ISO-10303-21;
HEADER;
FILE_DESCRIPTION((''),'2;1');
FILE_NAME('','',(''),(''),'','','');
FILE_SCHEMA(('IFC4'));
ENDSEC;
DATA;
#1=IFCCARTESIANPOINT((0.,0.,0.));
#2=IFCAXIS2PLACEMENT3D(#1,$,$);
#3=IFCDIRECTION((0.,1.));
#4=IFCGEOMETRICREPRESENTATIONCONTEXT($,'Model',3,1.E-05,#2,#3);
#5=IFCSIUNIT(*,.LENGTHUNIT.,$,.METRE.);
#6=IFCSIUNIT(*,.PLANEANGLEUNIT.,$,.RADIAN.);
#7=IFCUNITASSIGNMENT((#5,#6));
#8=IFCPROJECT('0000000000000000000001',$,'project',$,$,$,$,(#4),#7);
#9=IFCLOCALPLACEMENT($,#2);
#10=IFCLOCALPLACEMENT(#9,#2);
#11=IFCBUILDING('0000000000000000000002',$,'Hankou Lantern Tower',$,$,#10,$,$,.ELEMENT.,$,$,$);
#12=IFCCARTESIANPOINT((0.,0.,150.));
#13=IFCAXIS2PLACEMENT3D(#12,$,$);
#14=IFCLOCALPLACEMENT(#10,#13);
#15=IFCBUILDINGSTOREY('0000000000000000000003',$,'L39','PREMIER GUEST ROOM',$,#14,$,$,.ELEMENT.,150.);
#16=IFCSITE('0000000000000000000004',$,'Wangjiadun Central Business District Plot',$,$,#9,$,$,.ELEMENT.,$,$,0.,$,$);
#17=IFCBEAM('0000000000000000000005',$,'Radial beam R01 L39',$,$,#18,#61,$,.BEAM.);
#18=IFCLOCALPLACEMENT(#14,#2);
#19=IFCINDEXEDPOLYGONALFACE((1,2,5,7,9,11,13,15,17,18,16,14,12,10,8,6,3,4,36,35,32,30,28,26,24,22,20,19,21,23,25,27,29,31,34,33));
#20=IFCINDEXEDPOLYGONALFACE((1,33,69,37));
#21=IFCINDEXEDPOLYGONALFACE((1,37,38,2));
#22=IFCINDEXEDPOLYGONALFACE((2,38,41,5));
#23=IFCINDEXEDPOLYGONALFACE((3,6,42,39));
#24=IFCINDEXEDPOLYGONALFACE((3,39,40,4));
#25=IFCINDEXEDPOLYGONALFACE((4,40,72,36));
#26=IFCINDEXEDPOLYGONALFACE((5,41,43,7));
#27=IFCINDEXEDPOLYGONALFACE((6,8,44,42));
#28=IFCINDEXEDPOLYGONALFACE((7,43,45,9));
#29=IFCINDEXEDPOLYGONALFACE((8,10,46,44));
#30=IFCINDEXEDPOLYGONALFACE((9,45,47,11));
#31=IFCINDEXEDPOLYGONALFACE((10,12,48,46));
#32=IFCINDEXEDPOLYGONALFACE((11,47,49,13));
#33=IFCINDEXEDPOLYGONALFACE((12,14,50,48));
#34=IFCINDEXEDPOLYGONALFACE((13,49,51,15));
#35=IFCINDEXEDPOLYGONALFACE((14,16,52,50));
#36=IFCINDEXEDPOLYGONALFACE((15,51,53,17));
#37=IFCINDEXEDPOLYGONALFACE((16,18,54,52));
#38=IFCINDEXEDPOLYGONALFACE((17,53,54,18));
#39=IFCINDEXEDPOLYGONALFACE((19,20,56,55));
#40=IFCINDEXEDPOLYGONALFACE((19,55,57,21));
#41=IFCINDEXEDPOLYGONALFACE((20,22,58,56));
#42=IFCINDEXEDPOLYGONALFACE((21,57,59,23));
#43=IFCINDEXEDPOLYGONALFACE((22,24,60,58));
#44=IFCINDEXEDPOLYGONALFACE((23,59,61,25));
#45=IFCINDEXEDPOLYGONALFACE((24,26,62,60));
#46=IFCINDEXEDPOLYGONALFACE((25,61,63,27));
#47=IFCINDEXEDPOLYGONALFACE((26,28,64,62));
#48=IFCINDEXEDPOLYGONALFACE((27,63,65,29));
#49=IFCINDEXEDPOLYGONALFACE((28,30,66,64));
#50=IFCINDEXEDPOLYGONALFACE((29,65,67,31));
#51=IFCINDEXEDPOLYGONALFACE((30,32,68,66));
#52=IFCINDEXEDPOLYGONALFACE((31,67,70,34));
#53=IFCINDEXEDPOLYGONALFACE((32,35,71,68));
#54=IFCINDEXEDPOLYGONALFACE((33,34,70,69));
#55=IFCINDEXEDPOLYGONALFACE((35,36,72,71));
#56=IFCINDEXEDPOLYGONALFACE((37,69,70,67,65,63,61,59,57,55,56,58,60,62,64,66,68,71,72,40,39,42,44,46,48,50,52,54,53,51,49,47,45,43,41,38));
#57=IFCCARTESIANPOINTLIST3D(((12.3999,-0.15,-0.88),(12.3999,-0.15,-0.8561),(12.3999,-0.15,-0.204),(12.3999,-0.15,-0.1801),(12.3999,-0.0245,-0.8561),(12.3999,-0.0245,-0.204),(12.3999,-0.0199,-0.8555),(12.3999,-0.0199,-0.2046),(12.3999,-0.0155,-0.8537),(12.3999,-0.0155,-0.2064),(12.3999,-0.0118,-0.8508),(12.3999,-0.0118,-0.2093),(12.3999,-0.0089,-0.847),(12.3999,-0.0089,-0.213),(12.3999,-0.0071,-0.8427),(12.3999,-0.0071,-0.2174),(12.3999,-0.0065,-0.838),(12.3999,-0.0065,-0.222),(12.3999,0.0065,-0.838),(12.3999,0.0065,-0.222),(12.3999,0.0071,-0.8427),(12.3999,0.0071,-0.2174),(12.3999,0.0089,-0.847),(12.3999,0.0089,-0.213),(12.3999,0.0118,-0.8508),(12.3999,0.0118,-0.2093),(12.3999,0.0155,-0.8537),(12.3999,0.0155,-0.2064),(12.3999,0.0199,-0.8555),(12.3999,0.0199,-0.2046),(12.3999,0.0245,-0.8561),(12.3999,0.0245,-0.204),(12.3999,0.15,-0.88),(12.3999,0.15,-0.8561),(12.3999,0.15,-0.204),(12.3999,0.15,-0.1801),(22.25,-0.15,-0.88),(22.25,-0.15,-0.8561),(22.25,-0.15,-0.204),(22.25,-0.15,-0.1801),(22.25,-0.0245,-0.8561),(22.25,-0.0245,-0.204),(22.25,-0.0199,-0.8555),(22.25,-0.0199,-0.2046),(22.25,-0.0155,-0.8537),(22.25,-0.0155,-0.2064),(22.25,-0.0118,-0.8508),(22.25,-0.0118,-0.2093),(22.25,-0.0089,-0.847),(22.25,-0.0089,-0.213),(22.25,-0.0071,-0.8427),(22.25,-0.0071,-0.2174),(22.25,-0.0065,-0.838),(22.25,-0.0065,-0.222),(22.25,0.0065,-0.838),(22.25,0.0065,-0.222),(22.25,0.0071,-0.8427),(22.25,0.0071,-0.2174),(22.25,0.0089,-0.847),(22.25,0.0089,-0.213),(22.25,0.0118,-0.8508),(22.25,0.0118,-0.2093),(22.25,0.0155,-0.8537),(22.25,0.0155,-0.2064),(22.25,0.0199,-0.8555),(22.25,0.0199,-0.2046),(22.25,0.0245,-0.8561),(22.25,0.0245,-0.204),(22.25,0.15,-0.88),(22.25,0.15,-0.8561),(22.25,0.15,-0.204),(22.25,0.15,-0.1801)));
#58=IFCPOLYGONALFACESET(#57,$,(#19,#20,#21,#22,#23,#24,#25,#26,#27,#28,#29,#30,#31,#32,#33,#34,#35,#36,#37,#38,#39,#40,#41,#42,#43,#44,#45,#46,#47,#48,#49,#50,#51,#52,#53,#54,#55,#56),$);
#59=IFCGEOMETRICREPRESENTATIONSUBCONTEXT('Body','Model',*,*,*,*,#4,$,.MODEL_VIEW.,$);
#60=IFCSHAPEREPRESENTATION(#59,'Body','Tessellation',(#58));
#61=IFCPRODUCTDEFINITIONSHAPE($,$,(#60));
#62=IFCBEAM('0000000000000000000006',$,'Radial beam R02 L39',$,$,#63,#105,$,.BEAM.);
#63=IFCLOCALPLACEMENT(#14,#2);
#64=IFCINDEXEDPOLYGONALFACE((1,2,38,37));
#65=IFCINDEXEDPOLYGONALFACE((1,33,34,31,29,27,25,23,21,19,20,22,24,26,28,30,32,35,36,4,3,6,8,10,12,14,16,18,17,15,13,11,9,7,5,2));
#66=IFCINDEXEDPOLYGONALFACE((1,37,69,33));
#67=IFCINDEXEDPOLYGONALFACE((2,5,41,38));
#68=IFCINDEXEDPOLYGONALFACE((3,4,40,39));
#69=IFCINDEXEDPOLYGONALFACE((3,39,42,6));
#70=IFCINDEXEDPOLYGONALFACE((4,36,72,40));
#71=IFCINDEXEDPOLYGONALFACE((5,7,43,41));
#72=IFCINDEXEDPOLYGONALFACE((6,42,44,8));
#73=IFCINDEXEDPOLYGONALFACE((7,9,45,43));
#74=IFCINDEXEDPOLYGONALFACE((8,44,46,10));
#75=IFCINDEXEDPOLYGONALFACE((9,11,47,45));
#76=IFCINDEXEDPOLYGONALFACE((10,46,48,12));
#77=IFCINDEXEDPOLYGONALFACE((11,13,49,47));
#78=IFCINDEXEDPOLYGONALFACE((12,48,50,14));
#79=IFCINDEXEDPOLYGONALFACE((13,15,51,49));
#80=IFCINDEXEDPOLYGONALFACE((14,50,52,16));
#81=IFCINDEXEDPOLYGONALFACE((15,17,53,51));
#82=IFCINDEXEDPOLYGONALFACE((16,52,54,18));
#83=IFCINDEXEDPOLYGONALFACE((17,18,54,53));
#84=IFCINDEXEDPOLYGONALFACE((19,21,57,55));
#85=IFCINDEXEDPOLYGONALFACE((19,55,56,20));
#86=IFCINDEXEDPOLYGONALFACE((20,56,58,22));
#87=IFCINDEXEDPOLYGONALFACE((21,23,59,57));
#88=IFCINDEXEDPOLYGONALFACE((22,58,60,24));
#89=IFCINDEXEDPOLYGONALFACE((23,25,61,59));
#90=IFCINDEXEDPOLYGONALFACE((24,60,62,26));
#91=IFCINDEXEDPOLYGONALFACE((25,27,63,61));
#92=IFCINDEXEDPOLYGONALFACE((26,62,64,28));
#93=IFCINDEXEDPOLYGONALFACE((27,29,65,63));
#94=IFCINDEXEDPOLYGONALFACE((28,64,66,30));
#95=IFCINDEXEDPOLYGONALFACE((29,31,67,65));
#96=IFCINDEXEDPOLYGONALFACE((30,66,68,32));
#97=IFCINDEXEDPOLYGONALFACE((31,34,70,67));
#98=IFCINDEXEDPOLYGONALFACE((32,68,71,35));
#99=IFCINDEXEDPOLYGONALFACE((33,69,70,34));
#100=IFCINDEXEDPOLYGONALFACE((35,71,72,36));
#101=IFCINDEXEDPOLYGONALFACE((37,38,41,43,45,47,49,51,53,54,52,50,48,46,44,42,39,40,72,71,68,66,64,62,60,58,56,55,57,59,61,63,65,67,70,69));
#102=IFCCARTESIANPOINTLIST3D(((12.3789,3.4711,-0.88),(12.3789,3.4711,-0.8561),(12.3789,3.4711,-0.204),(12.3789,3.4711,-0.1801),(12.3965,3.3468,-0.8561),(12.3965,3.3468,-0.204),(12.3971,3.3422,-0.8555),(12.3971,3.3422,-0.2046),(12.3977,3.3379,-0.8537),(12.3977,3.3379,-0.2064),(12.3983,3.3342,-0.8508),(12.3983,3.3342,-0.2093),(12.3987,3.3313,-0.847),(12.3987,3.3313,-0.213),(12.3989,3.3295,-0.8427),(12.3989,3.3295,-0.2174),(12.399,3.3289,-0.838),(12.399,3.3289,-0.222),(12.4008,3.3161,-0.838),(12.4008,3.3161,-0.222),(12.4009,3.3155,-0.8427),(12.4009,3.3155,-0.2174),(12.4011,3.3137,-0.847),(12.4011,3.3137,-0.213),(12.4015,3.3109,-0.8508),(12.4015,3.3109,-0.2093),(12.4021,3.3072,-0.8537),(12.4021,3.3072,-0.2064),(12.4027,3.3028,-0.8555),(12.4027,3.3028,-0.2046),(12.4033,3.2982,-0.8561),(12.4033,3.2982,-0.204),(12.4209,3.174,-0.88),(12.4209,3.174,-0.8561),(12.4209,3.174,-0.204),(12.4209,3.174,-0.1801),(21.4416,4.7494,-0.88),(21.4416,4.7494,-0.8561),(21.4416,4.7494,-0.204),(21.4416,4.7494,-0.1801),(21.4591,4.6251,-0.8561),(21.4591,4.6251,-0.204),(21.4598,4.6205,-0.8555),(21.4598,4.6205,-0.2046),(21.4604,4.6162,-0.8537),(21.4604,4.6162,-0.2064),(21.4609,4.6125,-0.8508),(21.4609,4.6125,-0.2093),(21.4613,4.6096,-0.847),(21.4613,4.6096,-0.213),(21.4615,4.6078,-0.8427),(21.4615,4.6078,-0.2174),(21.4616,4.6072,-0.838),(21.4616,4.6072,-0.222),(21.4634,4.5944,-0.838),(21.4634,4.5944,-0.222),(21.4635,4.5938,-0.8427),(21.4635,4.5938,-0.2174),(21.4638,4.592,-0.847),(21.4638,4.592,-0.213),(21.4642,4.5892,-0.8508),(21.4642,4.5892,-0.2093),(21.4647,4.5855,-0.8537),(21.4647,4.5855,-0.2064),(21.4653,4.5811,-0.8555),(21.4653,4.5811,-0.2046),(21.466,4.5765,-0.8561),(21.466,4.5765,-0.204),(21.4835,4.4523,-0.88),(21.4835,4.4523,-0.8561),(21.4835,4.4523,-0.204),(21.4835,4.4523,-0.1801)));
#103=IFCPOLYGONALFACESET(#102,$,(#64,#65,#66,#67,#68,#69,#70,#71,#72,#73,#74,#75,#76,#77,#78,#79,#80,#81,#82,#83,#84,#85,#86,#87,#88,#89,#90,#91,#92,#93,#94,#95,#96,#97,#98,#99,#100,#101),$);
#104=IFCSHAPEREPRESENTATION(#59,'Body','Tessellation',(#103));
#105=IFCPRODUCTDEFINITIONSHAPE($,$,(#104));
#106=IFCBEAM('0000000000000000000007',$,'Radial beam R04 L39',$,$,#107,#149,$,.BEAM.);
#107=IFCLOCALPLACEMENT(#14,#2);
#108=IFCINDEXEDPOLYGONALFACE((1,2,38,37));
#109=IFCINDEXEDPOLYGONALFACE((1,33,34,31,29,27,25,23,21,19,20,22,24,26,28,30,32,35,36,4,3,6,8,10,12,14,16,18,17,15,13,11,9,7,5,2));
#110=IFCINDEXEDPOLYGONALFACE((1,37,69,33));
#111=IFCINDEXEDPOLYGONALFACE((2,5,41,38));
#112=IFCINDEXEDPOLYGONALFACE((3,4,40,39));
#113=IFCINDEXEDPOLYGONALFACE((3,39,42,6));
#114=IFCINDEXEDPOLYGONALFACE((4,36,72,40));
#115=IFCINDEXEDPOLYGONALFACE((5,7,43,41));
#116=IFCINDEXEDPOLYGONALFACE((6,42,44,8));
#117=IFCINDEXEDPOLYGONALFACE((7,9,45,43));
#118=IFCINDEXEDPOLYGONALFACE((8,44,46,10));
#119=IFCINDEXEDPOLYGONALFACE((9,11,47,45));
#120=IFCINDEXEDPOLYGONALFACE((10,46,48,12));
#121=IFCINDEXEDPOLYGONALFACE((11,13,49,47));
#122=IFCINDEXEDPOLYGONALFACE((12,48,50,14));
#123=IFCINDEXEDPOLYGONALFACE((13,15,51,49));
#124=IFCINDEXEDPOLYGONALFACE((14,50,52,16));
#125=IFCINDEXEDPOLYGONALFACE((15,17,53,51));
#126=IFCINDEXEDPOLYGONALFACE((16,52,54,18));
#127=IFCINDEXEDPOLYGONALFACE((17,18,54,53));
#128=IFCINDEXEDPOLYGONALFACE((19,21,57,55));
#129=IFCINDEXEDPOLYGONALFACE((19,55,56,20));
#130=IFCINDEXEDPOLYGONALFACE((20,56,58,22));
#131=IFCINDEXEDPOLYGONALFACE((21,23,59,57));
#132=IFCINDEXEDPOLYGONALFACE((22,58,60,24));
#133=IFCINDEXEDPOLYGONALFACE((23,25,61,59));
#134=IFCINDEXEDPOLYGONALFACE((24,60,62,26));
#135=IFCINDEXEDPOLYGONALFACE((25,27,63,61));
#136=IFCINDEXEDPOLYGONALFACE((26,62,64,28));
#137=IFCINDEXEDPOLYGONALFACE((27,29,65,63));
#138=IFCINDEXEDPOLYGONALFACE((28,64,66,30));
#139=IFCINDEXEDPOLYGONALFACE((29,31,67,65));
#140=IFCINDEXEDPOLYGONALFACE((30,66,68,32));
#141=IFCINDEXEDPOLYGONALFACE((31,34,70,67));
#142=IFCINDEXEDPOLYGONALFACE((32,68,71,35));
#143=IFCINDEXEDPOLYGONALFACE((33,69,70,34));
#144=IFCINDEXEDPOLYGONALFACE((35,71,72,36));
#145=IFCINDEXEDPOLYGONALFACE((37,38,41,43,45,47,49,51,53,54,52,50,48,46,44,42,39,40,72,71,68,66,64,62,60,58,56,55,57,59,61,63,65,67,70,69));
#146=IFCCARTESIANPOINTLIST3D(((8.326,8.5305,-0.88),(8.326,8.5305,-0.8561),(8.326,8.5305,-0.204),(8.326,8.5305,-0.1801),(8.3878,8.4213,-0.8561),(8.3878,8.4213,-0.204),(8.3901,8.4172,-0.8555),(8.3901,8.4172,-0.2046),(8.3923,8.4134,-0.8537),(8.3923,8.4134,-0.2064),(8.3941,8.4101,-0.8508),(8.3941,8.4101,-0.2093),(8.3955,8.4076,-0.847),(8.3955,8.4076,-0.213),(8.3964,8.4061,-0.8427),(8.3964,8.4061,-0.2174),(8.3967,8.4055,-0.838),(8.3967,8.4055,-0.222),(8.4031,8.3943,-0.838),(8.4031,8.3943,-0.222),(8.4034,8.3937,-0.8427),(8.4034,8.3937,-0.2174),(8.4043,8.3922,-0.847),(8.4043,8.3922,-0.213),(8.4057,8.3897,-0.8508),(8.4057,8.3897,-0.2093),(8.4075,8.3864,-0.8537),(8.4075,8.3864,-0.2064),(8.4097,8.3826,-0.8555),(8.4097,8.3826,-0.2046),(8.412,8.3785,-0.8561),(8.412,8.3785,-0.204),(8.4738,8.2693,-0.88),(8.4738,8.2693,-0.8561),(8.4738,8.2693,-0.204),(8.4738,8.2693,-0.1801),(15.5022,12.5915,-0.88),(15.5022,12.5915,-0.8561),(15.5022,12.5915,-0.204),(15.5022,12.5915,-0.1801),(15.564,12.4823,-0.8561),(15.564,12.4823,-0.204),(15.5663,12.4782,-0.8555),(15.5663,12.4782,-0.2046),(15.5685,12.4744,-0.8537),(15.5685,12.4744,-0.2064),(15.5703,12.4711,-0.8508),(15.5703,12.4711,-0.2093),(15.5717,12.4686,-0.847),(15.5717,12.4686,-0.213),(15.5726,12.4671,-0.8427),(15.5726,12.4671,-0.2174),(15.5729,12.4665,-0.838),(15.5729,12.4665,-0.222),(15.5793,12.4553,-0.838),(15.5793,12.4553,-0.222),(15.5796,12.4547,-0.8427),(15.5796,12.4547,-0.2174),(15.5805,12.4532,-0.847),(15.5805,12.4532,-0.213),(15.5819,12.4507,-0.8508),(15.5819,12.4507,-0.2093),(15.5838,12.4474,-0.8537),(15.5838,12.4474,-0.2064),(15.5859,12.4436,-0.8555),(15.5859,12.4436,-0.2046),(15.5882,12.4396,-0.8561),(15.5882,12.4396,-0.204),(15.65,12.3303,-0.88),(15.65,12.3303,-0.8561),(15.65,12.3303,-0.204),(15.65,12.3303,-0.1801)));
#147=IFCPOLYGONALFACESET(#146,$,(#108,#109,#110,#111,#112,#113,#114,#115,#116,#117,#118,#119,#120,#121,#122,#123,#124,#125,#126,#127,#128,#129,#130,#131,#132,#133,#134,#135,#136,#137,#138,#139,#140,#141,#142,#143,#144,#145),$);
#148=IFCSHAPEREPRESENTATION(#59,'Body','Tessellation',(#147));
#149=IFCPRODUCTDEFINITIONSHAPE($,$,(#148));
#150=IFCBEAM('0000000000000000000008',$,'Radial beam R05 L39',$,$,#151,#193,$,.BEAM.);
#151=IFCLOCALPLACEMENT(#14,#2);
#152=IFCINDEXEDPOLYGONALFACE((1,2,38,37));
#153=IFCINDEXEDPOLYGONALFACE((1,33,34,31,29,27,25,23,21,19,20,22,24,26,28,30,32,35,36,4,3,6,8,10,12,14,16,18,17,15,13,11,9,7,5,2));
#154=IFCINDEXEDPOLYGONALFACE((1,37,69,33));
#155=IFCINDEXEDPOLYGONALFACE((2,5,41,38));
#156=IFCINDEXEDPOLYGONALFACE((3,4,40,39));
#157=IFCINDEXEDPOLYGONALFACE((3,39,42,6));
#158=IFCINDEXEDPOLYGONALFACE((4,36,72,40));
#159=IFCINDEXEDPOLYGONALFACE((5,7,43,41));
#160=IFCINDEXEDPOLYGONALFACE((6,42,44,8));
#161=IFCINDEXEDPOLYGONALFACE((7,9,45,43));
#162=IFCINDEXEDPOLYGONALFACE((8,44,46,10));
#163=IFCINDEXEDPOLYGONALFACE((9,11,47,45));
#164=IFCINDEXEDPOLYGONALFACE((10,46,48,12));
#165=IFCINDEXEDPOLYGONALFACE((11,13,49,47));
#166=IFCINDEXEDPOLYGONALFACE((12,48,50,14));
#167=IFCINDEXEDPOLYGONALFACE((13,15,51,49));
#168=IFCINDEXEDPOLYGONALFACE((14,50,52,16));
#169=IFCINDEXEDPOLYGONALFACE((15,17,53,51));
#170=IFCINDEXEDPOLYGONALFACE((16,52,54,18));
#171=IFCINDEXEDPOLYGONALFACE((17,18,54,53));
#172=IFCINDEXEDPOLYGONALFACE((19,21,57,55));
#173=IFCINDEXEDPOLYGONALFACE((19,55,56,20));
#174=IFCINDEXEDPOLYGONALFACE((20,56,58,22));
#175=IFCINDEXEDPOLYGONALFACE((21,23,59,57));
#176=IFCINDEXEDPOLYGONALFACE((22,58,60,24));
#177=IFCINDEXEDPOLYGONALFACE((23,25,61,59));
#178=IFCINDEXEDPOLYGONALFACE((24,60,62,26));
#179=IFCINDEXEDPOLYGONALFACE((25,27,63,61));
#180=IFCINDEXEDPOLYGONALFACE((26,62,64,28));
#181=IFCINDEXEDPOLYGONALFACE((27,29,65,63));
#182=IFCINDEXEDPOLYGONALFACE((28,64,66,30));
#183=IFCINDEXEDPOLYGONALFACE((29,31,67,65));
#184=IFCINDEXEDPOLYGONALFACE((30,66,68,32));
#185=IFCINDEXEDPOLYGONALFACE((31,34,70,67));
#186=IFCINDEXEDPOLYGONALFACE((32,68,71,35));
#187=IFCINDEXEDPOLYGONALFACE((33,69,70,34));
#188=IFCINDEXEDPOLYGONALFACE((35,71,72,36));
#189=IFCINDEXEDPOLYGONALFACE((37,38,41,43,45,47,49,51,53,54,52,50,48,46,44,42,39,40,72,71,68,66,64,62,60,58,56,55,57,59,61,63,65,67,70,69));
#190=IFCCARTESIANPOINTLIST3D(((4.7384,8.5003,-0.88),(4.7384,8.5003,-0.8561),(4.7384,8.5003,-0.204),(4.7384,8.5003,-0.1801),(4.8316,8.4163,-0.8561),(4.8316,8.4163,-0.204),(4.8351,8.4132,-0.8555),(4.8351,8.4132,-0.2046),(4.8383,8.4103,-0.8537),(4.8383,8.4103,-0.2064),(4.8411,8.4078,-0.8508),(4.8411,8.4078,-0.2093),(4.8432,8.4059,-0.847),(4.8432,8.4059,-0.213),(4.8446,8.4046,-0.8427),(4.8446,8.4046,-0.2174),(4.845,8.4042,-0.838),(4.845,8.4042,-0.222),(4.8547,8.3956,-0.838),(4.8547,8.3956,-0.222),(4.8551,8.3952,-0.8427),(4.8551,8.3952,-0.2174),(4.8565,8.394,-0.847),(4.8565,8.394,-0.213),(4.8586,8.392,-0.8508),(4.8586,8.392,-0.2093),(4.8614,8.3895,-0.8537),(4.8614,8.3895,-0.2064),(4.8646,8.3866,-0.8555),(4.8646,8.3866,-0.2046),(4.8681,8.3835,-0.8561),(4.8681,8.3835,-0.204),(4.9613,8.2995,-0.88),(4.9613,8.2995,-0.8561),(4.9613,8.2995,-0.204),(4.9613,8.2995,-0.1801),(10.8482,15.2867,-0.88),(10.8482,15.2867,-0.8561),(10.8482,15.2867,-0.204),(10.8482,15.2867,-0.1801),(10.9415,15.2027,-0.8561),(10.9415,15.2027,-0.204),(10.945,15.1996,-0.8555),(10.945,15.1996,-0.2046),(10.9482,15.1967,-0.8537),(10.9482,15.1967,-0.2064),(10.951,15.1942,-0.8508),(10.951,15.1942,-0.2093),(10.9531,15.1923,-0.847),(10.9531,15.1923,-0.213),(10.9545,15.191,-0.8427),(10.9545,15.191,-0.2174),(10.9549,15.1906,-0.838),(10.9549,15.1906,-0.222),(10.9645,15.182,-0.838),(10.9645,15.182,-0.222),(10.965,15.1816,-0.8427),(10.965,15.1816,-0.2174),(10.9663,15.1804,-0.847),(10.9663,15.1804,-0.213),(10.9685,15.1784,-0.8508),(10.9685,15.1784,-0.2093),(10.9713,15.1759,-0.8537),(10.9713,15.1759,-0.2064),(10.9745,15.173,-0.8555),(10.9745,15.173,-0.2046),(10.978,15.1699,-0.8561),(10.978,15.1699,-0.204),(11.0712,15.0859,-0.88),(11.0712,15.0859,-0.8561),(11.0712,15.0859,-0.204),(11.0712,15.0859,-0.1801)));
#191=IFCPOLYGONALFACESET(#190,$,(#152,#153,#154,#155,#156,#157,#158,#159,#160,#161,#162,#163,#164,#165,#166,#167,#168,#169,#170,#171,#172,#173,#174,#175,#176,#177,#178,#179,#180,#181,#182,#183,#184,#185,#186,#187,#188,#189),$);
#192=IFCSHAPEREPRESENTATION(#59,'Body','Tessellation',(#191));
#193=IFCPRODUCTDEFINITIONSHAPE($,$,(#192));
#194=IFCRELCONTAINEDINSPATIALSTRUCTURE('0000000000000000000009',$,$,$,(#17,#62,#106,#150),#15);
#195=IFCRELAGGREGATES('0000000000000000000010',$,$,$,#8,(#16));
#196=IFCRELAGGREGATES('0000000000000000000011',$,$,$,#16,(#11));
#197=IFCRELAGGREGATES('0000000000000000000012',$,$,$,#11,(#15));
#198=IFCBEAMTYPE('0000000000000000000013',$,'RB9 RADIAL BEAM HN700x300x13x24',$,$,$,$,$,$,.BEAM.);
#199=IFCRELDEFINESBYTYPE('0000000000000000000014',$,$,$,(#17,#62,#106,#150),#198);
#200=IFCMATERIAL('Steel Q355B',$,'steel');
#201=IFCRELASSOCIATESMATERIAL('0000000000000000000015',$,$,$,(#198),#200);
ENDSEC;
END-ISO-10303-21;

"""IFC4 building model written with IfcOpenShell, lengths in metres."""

from ifc_helpers import new_model, si_unit, direction, frame, origin, origin_2d, place, context, subcontext, project, spatial, i_section, extrude, material, material_profile, profile_set, type_object, element, save


model = new_model("IFC4")

# Units and contexts
model_context = context("Model", 3, precision=1e-05, world=origin(), true_north=direction((0.0, 1.0)))
body_context = subcontext(model_context, "Body", "Model", "MODEL_VIEW")
ifc_project = project(units=[si_unit("LENGTHUNIT", "METRE"), si_unit("PLANEANGLEUNIT", "RADIAN")], contexts=[model_context])

# Site, building, storey
site_placement = place(None, origin())
site = spatial("IfcSite", under=ifc_project, at=site_placement, Name="Wangjiadun Central Business District Plot", CompositionType="ELEMENT", RefElevation=0.0)
building_placement = place(site_placement, origin())
building = spatial("IfcBuilding", under=site, at=building_placement, Name="Hankou Lantern Tower", CompositionType="ELEMENT")
storey_placement = place(building_placement, frame((0.0, 0.0, 150.0)))
storey = spatial("IfcBuildingStorey", under=building, at=storey_placement, Name="L39", Description="PREMIER GUEST ROOM", CompositionType="ELEMENT", Elevation=150.0)

# Beams
ifc_material_1 = material(Name="Steel Q355B", Category="steel")
ifc_material_profile_1 = material_profile(ifc_material_1, i_section(OverallWidth=0.3, OverallDepth=0.7, WebThickness=0.0129, FlangeThickness=0.0239, FilletRadius=0.0181, at=origin_2d()), Name="HN700x300x13x24")
ifc_profile_set_1 = profile_set([ifc_material_profile_1], Name="Steel Q355B")
beam_type_1 = type_object("IfcBeamType", Name="RB9 RADIAL BEAM HN700x300x13x24", PredefinedType="BEAM", material=ifc_profile_set_1)
beam_1_placement = place(storey_placement, frame((12.3999, 0.0, -0.53), z_axis=(1.0, 0.0, 0.0), x_axis=(0.0, 1.0, 0.0)))
element("IfcBeam", 1, at=beam_1_placement, inside=storey, type_object=beam_type_1, Name="Radial beam R01 L39", PredefinedType="BEAM", context=body_context, shape_type="SweptSolid", body=[
    extrude(i_section(OverallWidth=0.3, OverallDepth=0.7, WebThickness=0.0129, FlangeThickness=0.0239, FilletRadius=0.0181, at=origin_2d()), origin(), (0.0, 0.0, 1.0), 9.8501),
])
beam_2_placement = place(storey_placement, frame((12.3999, 3.3225, -0.53), z_axis=(0.990198, 0.13967, 0.0), x_axis=(-0.13967, 0.990198, 0.0)))
element("IfcBeam", 2, at=beam_2_placement, inside=storey, type_object=beam_type_1, Name="Radial beam R02 L39", PredefinedType="BEAM", context=body_context, shape_type="SweptSolid", body=[
    extrude(i_section(OverallWidth=0.3, OverallDepth=0.7, WebThickness=0.0129, FlangeThickness=0.0239, FilletRadius=0.0181, at=origin_2d()), origin(), (0.0, 0.0, 1.0), 9.1523),
])
beam_3_placement = place(storey_placement, frame((8.3999, 8.3999, -0.53), z_axis=(0.870309, 0.492506, 0.0), x_axis=(-0.492506, 0.870309, 0.0)))
element("IfcBeam", 3, at=beam_3_placement, inside=storey, type_object=beam_type_1, Name="Radial beam R04 L39", PredefinedType="BEAM", context=body_context, shape_type="SweptSolid", body=[
    extrude(i_section(OverallWidth=0.3, OverallDepth=0.7, WebThickness=0.0129, FlangeThickness=0.0239, FilletRadius=0.0181, at=origin_2d()), origin(), (0.0, 0.0, 1.0), 8.2456),
])
beam_4_placement = place(storey_placement, frame((4.8499, 8.3999, -0.53), z_axis=(0.669093, 0.743178, 0.0), x_axis=(-0.743178, 0.669093, 0.0)))
element("IfcBeam", 4, at=beam_4_placement, inside=storey, type_object=beam_type_1, Name="Radial beam R05 L39", PredefinedType="BEAM", context=body_context, shape_type="SweptSolid", body=[
    extrude(i_section(OverallWidth=0.3, OverallDepth=0.7, WebThickness=0.0129, FlangeThickness=0.0239, FilletRadius=0.0181, at=origin_2d()), origin(), (0.0, 0.0, 1.0), 9.1316),
])

save(model, "model.ifc")
